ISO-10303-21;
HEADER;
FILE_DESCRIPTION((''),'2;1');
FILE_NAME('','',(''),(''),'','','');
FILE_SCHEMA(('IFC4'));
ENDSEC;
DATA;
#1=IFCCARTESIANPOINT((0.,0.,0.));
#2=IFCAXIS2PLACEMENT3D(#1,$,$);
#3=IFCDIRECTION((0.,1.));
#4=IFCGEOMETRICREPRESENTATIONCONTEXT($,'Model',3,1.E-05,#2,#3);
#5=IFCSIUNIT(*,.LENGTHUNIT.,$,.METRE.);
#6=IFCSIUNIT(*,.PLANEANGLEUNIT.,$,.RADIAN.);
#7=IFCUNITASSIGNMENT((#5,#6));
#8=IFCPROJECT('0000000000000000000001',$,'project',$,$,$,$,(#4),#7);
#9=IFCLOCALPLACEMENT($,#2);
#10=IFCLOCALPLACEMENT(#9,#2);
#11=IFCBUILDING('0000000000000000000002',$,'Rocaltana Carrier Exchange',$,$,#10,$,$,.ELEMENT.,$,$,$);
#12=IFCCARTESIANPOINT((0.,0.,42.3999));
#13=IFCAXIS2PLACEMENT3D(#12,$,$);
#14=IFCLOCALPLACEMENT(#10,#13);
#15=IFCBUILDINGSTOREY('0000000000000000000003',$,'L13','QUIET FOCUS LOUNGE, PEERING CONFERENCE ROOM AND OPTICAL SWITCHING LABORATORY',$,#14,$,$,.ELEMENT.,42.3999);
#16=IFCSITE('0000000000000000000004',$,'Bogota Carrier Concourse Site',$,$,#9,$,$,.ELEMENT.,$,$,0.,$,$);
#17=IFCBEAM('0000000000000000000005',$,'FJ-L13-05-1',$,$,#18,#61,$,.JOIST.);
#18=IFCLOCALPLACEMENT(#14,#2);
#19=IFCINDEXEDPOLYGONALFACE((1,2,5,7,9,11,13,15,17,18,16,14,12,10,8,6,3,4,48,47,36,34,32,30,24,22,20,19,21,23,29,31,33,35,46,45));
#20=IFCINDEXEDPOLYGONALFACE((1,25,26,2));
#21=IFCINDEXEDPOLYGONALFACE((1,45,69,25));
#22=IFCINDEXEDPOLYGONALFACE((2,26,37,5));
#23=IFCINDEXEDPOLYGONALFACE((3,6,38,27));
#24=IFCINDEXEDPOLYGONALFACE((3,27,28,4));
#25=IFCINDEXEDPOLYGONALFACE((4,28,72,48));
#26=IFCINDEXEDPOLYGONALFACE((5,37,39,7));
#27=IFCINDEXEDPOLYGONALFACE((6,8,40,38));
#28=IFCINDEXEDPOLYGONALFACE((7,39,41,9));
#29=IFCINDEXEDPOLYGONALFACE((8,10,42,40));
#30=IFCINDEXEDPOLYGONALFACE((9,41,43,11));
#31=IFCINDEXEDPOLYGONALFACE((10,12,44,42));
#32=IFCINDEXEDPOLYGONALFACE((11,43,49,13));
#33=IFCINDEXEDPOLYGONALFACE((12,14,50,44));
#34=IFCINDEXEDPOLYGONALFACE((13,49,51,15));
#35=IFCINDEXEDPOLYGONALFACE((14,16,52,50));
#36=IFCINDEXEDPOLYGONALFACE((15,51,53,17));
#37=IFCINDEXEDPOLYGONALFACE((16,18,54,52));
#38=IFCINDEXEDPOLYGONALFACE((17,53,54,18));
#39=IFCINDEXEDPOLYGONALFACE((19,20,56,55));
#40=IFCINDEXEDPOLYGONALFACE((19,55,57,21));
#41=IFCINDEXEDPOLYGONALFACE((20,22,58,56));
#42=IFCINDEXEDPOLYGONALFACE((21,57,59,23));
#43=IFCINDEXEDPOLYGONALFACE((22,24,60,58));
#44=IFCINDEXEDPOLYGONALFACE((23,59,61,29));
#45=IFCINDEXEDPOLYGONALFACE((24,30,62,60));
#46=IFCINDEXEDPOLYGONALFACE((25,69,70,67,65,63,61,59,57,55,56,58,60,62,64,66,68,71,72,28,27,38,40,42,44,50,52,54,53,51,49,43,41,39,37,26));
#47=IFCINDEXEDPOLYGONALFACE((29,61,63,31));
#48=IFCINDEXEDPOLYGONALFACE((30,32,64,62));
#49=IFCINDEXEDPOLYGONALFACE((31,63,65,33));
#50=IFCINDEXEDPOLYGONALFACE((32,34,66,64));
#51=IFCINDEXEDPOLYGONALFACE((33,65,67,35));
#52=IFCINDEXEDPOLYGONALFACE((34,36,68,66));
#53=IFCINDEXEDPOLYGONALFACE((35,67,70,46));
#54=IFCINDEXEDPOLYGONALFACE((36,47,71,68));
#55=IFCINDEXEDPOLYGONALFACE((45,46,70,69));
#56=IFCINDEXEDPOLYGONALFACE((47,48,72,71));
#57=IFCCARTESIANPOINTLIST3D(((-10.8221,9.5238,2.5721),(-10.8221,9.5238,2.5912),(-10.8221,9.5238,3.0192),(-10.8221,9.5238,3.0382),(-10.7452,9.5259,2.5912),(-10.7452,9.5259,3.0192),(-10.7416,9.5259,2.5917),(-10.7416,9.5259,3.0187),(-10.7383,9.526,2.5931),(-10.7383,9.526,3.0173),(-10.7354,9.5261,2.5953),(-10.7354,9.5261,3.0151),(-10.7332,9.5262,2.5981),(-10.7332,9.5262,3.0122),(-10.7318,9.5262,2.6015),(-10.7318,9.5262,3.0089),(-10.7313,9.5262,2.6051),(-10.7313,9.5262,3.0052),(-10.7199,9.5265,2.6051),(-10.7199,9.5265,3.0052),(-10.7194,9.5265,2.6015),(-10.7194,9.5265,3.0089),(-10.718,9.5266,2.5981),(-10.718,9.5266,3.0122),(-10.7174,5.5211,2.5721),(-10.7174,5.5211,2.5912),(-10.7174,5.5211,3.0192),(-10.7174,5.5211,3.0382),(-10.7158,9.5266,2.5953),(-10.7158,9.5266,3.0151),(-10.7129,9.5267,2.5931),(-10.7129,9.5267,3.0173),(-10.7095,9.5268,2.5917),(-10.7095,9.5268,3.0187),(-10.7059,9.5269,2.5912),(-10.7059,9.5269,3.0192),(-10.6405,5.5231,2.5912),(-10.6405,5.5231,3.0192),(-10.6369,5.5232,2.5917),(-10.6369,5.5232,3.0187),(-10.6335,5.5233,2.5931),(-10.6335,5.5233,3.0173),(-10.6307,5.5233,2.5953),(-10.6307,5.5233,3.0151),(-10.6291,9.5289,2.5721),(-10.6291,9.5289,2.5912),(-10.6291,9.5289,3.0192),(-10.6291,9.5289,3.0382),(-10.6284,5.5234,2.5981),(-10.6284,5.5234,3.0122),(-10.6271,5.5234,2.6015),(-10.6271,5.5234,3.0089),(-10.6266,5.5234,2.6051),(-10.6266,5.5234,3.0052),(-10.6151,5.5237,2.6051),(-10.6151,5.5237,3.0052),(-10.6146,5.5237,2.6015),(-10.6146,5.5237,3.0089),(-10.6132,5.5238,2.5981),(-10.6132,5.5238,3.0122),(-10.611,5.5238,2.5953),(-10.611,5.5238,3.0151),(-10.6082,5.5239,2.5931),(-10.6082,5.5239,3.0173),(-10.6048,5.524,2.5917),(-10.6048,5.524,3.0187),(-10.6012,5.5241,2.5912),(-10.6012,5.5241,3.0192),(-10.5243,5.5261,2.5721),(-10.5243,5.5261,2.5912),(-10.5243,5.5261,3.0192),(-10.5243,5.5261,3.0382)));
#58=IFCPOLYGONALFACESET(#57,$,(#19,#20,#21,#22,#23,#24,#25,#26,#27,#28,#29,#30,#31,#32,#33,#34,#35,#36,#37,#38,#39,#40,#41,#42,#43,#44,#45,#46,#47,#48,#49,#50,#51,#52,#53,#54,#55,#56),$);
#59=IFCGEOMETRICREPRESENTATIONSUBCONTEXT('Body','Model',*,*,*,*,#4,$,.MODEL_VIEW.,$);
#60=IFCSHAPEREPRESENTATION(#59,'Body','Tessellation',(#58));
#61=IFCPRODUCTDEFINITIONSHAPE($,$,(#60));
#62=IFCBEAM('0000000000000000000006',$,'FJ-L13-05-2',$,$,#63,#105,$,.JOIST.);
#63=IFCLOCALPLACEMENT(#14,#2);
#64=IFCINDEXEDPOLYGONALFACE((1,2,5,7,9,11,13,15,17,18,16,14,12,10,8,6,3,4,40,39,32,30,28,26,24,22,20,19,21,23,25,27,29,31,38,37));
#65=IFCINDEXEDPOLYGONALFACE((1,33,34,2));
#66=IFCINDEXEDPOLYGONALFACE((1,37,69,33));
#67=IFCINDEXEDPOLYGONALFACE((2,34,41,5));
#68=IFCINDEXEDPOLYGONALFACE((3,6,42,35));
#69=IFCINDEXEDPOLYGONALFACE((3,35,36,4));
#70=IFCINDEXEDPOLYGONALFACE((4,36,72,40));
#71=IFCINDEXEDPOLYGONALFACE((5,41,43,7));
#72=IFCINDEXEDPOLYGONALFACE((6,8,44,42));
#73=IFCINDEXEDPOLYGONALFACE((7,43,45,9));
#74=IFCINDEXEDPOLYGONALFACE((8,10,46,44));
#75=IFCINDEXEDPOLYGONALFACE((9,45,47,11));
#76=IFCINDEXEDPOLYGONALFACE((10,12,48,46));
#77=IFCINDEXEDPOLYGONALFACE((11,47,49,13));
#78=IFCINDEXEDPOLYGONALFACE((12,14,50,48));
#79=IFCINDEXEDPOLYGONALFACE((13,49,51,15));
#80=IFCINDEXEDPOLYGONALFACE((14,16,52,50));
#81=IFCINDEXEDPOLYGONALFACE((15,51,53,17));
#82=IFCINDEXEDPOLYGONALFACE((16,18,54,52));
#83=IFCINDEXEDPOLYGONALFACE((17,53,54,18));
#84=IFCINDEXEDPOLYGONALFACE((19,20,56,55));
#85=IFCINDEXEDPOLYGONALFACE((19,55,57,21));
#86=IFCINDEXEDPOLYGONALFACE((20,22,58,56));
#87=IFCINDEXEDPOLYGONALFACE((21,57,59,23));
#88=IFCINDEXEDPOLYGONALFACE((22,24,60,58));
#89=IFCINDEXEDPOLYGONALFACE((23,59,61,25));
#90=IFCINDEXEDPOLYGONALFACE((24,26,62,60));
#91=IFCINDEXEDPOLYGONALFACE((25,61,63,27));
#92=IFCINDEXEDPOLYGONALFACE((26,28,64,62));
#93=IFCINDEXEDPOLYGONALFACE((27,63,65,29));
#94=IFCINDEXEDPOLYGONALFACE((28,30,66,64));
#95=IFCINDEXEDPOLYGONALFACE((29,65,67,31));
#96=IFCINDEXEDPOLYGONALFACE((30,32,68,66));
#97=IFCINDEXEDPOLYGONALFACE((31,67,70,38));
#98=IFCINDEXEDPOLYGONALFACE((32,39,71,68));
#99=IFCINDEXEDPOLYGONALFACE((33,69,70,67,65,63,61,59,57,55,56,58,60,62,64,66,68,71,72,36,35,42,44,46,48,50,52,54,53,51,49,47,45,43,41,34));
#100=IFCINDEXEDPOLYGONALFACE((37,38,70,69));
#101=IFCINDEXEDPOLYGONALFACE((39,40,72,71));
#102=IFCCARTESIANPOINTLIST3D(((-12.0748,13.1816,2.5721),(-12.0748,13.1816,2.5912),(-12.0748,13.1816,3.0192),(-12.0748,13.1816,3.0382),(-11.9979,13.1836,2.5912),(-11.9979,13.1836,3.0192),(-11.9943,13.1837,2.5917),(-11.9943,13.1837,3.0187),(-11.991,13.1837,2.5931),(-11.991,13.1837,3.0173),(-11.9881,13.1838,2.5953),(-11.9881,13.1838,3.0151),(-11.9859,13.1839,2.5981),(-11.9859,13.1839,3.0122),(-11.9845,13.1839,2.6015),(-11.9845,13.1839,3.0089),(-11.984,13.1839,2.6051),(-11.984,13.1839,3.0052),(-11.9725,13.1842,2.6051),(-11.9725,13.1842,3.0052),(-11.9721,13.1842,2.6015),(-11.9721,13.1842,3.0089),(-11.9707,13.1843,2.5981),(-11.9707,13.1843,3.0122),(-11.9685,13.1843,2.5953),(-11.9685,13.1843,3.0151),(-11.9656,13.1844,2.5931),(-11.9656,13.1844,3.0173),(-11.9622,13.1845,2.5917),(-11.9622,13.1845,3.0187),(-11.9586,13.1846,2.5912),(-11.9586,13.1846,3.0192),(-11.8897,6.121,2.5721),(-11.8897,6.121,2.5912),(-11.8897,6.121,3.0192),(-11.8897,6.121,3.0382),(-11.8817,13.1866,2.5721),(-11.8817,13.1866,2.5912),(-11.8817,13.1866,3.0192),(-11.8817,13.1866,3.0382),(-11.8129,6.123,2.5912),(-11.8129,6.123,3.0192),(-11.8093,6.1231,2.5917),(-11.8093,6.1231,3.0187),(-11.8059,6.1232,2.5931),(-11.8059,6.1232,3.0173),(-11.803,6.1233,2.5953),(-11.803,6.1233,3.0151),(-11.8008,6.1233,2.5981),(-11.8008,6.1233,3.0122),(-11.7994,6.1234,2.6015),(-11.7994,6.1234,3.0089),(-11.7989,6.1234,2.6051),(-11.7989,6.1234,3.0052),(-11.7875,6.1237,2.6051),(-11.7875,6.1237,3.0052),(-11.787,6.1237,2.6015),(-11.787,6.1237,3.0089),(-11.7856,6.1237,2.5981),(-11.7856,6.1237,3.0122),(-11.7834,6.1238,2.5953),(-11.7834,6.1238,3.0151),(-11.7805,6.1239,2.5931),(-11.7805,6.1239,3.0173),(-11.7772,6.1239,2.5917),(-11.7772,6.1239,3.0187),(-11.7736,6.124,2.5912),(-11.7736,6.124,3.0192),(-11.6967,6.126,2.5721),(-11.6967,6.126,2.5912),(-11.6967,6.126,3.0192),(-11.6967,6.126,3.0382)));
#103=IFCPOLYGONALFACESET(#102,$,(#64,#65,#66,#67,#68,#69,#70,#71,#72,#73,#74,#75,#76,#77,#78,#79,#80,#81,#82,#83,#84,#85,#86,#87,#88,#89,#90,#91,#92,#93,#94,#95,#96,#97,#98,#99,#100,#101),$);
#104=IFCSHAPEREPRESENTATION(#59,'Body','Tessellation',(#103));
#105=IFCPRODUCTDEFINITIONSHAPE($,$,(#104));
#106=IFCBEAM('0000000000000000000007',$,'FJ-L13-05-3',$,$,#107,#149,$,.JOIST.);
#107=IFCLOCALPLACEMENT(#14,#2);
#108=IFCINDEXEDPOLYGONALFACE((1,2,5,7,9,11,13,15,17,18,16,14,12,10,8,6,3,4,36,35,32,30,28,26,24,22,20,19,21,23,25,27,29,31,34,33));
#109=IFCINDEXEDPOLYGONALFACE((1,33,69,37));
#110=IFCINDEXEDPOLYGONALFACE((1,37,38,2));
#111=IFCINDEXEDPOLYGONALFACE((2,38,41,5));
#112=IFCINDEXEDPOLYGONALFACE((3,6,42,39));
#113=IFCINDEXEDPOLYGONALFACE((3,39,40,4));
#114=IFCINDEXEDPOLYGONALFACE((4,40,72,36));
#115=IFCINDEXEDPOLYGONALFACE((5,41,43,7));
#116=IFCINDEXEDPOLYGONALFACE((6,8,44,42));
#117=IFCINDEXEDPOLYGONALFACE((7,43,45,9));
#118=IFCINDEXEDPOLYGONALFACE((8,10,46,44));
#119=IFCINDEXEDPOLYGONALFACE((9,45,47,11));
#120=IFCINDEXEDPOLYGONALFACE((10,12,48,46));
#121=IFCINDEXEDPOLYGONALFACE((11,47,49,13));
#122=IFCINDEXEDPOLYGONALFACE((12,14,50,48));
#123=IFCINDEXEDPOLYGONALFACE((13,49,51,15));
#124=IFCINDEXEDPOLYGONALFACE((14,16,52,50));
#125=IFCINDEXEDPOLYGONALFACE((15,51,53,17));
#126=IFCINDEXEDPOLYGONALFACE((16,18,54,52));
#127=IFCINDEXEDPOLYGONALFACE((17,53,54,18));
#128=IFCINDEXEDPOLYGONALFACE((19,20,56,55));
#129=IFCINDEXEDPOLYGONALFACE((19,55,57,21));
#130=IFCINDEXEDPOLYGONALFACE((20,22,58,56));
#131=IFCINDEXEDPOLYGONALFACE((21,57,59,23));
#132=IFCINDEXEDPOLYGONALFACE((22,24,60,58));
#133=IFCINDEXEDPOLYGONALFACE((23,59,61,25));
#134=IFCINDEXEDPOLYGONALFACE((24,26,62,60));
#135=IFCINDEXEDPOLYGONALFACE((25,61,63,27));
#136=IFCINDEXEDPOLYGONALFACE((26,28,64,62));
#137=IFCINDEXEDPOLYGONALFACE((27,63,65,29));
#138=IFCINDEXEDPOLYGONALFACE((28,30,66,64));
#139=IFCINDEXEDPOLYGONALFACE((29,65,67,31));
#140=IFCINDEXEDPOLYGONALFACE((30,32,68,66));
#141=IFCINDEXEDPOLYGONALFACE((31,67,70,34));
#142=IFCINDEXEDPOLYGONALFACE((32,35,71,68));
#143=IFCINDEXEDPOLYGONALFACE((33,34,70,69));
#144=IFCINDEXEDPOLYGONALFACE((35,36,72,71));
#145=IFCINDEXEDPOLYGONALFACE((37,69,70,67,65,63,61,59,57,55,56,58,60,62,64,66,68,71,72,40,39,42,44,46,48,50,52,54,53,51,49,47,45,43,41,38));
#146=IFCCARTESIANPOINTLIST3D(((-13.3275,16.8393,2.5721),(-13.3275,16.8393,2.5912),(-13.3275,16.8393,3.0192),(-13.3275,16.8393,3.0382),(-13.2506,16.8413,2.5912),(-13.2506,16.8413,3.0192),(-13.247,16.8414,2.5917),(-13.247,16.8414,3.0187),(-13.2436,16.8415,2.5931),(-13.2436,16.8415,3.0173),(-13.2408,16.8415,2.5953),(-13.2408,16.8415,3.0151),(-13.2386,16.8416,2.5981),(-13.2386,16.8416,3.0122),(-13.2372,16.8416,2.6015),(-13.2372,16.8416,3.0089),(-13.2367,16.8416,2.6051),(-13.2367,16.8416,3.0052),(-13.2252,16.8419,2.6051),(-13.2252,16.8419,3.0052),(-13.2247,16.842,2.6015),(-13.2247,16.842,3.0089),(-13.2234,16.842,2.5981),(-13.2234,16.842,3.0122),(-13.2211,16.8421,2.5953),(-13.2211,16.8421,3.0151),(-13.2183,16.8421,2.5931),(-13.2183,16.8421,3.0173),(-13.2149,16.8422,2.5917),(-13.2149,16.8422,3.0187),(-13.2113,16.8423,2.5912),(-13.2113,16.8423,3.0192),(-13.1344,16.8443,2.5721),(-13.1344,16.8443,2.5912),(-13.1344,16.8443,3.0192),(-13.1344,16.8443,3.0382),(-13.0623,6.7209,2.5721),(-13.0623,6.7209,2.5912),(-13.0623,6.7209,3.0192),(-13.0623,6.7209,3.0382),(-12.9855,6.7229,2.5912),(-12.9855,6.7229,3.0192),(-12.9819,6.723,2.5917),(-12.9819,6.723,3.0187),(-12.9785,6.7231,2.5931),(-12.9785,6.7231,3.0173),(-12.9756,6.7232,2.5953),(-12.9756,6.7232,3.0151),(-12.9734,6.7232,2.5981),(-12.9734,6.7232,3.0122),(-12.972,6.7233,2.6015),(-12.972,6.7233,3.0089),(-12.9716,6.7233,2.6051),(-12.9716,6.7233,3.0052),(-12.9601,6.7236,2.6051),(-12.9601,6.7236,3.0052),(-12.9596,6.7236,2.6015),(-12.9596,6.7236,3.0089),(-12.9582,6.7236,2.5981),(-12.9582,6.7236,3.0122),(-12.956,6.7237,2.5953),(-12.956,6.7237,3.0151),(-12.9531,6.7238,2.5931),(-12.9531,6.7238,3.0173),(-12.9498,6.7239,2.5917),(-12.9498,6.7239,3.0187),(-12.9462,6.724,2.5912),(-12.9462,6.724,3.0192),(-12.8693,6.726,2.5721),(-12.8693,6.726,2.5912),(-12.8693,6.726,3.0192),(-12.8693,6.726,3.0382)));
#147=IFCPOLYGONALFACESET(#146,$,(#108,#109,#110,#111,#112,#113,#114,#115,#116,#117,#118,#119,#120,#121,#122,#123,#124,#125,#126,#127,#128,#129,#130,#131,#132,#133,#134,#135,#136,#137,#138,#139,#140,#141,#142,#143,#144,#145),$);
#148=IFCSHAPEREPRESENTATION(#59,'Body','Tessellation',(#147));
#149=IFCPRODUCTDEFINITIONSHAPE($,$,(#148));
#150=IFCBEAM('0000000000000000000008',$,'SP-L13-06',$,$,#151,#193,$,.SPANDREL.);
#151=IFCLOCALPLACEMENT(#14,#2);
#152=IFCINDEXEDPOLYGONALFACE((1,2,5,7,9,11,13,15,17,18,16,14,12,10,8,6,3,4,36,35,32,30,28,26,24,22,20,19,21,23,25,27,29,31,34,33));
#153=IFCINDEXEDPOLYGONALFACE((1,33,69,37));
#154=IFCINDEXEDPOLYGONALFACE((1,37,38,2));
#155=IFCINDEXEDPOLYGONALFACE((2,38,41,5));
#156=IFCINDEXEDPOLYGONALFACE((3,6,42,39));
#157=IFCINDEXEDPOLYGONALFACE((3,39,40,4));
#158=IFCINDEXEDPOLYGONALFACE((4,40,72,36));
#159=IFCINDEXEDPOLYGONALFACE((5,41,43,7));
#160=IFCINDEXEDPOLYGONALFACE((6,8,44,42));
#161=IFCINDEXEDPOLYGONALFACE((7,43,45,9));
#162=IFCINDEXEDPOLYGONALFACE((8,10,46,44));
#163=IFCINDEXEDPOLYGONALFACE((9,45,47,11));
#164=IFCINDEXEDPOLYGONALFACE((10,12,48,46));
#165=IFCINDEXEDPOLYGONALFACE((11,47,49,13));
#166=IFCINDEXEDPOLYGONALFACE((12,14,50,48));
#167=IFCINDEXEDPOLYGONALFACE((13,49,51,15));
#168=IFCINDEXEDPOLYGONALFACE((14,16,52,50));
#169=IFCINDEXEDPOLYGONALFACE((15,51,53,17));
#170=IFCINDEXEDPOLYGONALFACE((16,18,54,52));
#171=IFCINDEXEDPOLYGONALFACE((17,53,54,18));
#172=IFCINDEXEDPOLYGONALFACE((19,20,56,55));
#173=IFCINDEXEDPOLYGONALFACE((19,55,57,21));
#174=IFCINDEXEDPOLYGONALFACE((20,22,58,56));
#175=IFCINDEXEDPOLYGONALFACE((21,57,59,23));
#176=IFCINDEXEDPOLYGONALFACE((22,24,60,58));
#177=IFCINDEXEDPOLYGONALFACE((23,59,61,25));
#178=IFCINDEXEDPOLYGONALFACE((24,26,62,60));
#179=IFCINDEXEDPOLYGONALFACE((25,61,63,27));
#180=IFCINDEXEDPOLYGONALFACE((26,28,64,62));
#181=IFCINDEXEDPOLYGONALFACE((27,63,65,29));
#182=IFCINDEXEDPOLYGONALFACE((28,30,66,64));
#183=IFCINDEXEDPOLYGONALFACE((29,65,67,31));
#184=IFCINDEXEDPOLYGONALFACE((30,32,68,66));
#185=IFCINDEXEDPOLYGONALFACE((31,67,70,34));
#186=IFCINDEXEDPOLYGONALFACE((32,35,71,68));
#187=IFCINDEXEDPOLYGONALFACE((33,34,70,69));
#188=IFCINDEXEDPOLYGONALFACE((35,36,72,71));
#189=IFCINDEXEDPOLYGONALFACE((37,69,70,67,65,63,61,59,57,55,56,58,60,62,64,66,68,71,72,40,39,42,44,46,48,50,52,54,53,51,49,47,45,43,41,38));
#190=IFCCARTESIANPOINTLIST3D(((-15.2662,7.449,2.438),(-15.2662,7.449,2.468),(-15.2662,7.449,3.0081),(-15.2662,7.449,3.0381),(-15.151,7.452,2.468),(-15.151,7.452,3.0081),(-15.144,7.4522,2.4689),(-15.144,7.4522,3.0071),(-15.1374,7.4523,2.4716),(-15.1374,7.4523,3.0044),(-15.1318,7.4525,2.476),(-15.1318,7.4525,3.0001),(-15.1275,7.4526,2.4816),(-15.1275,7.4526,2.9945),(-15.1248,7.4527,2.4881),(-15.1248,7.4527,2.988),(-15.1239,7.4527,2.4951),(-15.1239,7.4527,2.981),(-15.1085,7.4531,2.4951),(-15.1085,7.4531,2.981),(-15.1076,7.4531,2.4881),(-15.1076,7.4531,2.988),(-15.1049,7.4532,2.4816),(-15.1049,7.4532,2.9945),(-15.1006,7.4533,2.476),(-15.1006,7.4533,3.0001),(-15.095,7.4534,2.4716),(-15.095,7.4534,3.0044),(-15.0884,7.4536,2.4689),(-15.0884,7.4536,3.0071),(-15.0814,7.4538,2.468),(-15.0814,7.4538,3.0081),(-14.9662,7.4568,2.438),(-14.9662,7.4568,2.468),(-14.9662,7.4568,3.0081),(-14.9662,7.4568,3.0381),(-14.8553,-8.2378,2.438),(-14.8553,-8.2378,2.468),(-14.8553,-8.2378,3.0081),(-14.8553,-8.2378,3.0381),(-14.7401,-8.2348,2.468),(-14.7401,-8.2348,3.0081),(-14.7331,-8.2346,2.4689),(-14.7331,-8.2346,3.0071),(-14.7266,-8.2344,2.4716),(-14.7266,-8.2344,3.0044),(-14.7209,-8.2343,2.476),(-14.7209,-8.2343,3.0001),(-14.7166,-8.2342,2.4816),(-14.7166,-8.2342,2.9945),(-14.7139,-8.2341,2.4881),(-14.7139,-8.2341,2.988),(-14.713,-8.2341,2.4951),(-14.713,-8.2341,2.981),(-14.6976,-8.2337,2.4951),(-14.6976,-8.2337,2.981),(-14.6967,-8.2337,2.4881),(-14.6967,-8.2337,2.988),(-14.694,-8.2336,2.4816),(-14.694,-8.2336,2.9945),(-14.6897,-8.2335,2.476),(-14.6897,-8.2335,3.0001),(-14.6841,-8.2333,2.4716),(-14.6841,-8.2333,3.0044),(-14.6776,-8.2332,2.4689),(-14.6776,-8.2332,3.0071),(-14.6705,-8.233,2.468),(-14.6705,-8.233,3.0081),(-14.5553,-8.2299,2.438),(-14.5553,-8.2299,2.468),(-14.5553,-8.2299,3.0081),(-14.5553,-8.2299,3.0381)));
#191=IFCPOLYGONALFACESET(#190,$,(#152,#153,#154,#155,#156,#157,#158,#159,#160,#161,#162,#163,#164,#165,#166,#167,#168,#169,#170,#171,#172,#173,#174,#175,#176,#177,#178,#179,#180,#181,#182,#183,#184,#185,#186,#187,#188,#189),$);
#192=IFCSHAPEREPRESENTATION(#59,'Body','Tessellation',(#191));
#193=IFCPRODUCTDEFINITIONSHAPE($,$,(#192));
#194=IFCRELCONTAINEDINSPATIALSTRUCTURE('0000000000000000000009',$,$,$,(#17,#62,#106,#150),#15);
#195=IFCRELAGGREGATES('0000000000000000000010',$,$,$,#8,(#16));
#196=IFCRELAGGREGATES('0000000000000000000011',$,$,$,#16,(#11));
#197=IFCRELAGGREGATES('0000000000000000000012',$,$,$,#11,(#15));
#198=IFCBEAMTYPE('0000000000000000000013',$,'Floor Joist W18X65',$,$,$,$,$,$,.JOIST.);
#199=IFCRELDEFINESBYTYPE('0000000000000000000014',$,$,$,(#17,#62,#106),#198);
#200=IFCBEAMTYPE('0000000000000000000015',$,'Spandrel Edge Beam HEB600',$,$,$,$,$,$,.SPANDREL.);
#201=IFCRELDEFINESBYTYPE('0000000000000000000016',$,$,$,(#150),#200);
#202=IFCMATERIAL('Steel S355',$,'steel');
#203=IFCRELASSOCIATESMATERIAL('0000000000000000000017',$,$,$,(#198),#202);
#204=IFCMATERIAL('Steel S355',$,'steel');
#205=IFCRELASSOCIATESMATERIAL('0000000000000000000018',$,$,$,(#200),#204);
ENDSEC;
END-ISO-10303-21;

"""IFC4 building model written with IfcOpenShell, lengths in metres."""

from ifc_helpers import new_model, si_unit, direction, frame, origin, origin_2d, place, context, subcontext, project, spatial, i_section, extrude, material, material_profile, profile_set, type_object, element, save


model = new_model("IFC4")

# Units and contexts
model_context = context("Model", 3, precision=1e-05, world=origin(), true_north=direction((0.0, 1.0)))
body_context = subcontext(model_context, "Body", "Model", "MODEL_VIEW")
ifc_project = project(units=[si_unit("LENGTHUNIT", "METRE"), si_unit("PLANEANGLEUNIT", "RADIAN")], contexts=[model_context])

# Site, building, storey
site_placement = place(None, origin())
site = spatial("IfcSite", under=ifc_project, at=site_placement, Name="Bogota Carrier Concourse Site", CompositionType="ELEMENT", RefElevation=0.0)
building_placement = place(site_placement, origin())
building = spatial("IfcBuilding", under=site, at=building_placement, Name="Rocaltana Carrier Exchange", CompositionType="ELEMENT")
storey_placement = place(building_placement, frame((0.0, 0.0, 42.3999)))
storey = spatial("IfcBuildingStorey", under=building, at=storey_placement, Name="L13", Description="QUIET FOCUS LOUNGE, PEERING CONFERENCE ROOM AND OPTICAL SWITCHING LABORATORY", CompositionType="ELEMENT", Elevation=42.3999)

# Beams
ifc_material_1 = material(Name="Steel S355", Category="steel")
ifc_material_profile_1 = material_profile(ifc_material_1, i_section(OverallWidth=0.1931, OverallDepth=0.4661, WebThickness=0.0115, FlangeThickness=0.019, FilletRadius=0.0139, at=origin_2d()), Name="W18X65")
ifc_profile_set_1 = profile_set([ifc_material_profile_1], Name="Steel S355")
beam_type_1 = type_object("IfcBeamType", Name="Floor Joist W18X65", PredefinedType="JOIST", material=ifc_profile_set_1)
beam_1_placement = place(storey_placement, frame((-10.7256, 9.5264, 2.8052), z_axis=(0.026158, -0.999658, 0.0), x_axis=(0.999658, 0.026158, 0.0)))
element("IfcBeam", 1, at=beam_1_placement, inside=storey, type_object=beam_type_1, Name="FJ-L13-05-1", PredefinedType="JOIST", context=body_context, shape_type="SweptSolid", body=[
    extrude(i_section(OverallWidth=0.1931, OverallDepth=0.4661, WebThickness=0.0115, FlangeThickness=0.019, FilletRadius=0.0139, at=origin_2d()), origin(), (0.0, 0.0, 1.0), 4.0042),
])
beam_2_placement = place(storey_placement, frame((-11.9783, 13.1841, 2.8052), z_axis=(0.026201, -0.999657, 0.0), x_axis=(0.999657, 0.026201, 0.0)))
element("IfcBeam", 2, at=beam_2_placement, inside=storey, type_object=beam_type_1, Name="FJ-L13-05-2", PredefinedType="JOIST", context=body_context, shape_type="SweptSolid", body=[
    extrude(i_section(OverallWidth=0.1931, OverallDepth=0.4661, WebThickness=0.0115, FlangeThickness=0.019, FilletRadius=0.0139, at=origin_2d()), origin(), (0.0, 0.0, 1.0), 7.063),
])
beam_3_placement = place(storey_placement, frame((-13.231, 16.8418, 2.8052), z_axis=(0.026194, -0.999657, 0.0), x_axis=(0.999657, 0.026194, 0.0)))
element("IfcBeam", 3, at=beam_3_placement, inside=storey, type_object=beam_type_1, Name="FJ-L13-05-3", PredefinedType="JOIST", context=body_context, shape_type="SweptSolid", body=[
    extrude(i_section(OverallWidth=0.1931, OverallDepth=0.4661, WebThickness=0.0115, FlangeThickness=0.019, FilletRadius=0.0139, at=origin_2d()), origin(), (0.0, 0.0, 1.0), 10.1218),
])
ifc_material_2 = material(Name="Steel S355", Category="steel")
ifc_material_profile_2 = material_profile(ifc_material_2, i_section(OverallWidth=0.3, OverallDepth=0.6001, WebThickness=0.0154, FlangeThickness=0.03, FilletRadius=0.0271, at=origin_2d()), Name="HEB600")
ifc_profile_set_2 = profile_set([ifc_material_profile_2], Name="Steel S355")
beam_type_2 = type_object("IfcBeamType", Name="Spandrel Edge Beam HEB600", PredefinedType="SPANDREL", material=ifc_profile_set_2)
beam_4_placement = place(storey_placement, frame((-15.1162, 7.4529, 2.738), z_axis=(0.026184, -0.999657, 0.0), x_axis=(0.999657, 0.026184, 0.0)))
element("IfcBeam", 4, at=beam_4_placement, inside=storey, type_object=beam_type_2, Name="SP-L13-06", PredefinedType="SPANDREL", context=body_context, shape_type="SweptSolid", body=[
    extrude(i_section(OverallWidth=0.3, OverallDepth=0.6001, WebThickness=0.0154, FlangeThickness=0.03, FilletRadius=0.0271, at=origin_2d()), origin(), (0.0, 0.0, 1.0), 15.6921),
])

save(model, "model.ifc")
